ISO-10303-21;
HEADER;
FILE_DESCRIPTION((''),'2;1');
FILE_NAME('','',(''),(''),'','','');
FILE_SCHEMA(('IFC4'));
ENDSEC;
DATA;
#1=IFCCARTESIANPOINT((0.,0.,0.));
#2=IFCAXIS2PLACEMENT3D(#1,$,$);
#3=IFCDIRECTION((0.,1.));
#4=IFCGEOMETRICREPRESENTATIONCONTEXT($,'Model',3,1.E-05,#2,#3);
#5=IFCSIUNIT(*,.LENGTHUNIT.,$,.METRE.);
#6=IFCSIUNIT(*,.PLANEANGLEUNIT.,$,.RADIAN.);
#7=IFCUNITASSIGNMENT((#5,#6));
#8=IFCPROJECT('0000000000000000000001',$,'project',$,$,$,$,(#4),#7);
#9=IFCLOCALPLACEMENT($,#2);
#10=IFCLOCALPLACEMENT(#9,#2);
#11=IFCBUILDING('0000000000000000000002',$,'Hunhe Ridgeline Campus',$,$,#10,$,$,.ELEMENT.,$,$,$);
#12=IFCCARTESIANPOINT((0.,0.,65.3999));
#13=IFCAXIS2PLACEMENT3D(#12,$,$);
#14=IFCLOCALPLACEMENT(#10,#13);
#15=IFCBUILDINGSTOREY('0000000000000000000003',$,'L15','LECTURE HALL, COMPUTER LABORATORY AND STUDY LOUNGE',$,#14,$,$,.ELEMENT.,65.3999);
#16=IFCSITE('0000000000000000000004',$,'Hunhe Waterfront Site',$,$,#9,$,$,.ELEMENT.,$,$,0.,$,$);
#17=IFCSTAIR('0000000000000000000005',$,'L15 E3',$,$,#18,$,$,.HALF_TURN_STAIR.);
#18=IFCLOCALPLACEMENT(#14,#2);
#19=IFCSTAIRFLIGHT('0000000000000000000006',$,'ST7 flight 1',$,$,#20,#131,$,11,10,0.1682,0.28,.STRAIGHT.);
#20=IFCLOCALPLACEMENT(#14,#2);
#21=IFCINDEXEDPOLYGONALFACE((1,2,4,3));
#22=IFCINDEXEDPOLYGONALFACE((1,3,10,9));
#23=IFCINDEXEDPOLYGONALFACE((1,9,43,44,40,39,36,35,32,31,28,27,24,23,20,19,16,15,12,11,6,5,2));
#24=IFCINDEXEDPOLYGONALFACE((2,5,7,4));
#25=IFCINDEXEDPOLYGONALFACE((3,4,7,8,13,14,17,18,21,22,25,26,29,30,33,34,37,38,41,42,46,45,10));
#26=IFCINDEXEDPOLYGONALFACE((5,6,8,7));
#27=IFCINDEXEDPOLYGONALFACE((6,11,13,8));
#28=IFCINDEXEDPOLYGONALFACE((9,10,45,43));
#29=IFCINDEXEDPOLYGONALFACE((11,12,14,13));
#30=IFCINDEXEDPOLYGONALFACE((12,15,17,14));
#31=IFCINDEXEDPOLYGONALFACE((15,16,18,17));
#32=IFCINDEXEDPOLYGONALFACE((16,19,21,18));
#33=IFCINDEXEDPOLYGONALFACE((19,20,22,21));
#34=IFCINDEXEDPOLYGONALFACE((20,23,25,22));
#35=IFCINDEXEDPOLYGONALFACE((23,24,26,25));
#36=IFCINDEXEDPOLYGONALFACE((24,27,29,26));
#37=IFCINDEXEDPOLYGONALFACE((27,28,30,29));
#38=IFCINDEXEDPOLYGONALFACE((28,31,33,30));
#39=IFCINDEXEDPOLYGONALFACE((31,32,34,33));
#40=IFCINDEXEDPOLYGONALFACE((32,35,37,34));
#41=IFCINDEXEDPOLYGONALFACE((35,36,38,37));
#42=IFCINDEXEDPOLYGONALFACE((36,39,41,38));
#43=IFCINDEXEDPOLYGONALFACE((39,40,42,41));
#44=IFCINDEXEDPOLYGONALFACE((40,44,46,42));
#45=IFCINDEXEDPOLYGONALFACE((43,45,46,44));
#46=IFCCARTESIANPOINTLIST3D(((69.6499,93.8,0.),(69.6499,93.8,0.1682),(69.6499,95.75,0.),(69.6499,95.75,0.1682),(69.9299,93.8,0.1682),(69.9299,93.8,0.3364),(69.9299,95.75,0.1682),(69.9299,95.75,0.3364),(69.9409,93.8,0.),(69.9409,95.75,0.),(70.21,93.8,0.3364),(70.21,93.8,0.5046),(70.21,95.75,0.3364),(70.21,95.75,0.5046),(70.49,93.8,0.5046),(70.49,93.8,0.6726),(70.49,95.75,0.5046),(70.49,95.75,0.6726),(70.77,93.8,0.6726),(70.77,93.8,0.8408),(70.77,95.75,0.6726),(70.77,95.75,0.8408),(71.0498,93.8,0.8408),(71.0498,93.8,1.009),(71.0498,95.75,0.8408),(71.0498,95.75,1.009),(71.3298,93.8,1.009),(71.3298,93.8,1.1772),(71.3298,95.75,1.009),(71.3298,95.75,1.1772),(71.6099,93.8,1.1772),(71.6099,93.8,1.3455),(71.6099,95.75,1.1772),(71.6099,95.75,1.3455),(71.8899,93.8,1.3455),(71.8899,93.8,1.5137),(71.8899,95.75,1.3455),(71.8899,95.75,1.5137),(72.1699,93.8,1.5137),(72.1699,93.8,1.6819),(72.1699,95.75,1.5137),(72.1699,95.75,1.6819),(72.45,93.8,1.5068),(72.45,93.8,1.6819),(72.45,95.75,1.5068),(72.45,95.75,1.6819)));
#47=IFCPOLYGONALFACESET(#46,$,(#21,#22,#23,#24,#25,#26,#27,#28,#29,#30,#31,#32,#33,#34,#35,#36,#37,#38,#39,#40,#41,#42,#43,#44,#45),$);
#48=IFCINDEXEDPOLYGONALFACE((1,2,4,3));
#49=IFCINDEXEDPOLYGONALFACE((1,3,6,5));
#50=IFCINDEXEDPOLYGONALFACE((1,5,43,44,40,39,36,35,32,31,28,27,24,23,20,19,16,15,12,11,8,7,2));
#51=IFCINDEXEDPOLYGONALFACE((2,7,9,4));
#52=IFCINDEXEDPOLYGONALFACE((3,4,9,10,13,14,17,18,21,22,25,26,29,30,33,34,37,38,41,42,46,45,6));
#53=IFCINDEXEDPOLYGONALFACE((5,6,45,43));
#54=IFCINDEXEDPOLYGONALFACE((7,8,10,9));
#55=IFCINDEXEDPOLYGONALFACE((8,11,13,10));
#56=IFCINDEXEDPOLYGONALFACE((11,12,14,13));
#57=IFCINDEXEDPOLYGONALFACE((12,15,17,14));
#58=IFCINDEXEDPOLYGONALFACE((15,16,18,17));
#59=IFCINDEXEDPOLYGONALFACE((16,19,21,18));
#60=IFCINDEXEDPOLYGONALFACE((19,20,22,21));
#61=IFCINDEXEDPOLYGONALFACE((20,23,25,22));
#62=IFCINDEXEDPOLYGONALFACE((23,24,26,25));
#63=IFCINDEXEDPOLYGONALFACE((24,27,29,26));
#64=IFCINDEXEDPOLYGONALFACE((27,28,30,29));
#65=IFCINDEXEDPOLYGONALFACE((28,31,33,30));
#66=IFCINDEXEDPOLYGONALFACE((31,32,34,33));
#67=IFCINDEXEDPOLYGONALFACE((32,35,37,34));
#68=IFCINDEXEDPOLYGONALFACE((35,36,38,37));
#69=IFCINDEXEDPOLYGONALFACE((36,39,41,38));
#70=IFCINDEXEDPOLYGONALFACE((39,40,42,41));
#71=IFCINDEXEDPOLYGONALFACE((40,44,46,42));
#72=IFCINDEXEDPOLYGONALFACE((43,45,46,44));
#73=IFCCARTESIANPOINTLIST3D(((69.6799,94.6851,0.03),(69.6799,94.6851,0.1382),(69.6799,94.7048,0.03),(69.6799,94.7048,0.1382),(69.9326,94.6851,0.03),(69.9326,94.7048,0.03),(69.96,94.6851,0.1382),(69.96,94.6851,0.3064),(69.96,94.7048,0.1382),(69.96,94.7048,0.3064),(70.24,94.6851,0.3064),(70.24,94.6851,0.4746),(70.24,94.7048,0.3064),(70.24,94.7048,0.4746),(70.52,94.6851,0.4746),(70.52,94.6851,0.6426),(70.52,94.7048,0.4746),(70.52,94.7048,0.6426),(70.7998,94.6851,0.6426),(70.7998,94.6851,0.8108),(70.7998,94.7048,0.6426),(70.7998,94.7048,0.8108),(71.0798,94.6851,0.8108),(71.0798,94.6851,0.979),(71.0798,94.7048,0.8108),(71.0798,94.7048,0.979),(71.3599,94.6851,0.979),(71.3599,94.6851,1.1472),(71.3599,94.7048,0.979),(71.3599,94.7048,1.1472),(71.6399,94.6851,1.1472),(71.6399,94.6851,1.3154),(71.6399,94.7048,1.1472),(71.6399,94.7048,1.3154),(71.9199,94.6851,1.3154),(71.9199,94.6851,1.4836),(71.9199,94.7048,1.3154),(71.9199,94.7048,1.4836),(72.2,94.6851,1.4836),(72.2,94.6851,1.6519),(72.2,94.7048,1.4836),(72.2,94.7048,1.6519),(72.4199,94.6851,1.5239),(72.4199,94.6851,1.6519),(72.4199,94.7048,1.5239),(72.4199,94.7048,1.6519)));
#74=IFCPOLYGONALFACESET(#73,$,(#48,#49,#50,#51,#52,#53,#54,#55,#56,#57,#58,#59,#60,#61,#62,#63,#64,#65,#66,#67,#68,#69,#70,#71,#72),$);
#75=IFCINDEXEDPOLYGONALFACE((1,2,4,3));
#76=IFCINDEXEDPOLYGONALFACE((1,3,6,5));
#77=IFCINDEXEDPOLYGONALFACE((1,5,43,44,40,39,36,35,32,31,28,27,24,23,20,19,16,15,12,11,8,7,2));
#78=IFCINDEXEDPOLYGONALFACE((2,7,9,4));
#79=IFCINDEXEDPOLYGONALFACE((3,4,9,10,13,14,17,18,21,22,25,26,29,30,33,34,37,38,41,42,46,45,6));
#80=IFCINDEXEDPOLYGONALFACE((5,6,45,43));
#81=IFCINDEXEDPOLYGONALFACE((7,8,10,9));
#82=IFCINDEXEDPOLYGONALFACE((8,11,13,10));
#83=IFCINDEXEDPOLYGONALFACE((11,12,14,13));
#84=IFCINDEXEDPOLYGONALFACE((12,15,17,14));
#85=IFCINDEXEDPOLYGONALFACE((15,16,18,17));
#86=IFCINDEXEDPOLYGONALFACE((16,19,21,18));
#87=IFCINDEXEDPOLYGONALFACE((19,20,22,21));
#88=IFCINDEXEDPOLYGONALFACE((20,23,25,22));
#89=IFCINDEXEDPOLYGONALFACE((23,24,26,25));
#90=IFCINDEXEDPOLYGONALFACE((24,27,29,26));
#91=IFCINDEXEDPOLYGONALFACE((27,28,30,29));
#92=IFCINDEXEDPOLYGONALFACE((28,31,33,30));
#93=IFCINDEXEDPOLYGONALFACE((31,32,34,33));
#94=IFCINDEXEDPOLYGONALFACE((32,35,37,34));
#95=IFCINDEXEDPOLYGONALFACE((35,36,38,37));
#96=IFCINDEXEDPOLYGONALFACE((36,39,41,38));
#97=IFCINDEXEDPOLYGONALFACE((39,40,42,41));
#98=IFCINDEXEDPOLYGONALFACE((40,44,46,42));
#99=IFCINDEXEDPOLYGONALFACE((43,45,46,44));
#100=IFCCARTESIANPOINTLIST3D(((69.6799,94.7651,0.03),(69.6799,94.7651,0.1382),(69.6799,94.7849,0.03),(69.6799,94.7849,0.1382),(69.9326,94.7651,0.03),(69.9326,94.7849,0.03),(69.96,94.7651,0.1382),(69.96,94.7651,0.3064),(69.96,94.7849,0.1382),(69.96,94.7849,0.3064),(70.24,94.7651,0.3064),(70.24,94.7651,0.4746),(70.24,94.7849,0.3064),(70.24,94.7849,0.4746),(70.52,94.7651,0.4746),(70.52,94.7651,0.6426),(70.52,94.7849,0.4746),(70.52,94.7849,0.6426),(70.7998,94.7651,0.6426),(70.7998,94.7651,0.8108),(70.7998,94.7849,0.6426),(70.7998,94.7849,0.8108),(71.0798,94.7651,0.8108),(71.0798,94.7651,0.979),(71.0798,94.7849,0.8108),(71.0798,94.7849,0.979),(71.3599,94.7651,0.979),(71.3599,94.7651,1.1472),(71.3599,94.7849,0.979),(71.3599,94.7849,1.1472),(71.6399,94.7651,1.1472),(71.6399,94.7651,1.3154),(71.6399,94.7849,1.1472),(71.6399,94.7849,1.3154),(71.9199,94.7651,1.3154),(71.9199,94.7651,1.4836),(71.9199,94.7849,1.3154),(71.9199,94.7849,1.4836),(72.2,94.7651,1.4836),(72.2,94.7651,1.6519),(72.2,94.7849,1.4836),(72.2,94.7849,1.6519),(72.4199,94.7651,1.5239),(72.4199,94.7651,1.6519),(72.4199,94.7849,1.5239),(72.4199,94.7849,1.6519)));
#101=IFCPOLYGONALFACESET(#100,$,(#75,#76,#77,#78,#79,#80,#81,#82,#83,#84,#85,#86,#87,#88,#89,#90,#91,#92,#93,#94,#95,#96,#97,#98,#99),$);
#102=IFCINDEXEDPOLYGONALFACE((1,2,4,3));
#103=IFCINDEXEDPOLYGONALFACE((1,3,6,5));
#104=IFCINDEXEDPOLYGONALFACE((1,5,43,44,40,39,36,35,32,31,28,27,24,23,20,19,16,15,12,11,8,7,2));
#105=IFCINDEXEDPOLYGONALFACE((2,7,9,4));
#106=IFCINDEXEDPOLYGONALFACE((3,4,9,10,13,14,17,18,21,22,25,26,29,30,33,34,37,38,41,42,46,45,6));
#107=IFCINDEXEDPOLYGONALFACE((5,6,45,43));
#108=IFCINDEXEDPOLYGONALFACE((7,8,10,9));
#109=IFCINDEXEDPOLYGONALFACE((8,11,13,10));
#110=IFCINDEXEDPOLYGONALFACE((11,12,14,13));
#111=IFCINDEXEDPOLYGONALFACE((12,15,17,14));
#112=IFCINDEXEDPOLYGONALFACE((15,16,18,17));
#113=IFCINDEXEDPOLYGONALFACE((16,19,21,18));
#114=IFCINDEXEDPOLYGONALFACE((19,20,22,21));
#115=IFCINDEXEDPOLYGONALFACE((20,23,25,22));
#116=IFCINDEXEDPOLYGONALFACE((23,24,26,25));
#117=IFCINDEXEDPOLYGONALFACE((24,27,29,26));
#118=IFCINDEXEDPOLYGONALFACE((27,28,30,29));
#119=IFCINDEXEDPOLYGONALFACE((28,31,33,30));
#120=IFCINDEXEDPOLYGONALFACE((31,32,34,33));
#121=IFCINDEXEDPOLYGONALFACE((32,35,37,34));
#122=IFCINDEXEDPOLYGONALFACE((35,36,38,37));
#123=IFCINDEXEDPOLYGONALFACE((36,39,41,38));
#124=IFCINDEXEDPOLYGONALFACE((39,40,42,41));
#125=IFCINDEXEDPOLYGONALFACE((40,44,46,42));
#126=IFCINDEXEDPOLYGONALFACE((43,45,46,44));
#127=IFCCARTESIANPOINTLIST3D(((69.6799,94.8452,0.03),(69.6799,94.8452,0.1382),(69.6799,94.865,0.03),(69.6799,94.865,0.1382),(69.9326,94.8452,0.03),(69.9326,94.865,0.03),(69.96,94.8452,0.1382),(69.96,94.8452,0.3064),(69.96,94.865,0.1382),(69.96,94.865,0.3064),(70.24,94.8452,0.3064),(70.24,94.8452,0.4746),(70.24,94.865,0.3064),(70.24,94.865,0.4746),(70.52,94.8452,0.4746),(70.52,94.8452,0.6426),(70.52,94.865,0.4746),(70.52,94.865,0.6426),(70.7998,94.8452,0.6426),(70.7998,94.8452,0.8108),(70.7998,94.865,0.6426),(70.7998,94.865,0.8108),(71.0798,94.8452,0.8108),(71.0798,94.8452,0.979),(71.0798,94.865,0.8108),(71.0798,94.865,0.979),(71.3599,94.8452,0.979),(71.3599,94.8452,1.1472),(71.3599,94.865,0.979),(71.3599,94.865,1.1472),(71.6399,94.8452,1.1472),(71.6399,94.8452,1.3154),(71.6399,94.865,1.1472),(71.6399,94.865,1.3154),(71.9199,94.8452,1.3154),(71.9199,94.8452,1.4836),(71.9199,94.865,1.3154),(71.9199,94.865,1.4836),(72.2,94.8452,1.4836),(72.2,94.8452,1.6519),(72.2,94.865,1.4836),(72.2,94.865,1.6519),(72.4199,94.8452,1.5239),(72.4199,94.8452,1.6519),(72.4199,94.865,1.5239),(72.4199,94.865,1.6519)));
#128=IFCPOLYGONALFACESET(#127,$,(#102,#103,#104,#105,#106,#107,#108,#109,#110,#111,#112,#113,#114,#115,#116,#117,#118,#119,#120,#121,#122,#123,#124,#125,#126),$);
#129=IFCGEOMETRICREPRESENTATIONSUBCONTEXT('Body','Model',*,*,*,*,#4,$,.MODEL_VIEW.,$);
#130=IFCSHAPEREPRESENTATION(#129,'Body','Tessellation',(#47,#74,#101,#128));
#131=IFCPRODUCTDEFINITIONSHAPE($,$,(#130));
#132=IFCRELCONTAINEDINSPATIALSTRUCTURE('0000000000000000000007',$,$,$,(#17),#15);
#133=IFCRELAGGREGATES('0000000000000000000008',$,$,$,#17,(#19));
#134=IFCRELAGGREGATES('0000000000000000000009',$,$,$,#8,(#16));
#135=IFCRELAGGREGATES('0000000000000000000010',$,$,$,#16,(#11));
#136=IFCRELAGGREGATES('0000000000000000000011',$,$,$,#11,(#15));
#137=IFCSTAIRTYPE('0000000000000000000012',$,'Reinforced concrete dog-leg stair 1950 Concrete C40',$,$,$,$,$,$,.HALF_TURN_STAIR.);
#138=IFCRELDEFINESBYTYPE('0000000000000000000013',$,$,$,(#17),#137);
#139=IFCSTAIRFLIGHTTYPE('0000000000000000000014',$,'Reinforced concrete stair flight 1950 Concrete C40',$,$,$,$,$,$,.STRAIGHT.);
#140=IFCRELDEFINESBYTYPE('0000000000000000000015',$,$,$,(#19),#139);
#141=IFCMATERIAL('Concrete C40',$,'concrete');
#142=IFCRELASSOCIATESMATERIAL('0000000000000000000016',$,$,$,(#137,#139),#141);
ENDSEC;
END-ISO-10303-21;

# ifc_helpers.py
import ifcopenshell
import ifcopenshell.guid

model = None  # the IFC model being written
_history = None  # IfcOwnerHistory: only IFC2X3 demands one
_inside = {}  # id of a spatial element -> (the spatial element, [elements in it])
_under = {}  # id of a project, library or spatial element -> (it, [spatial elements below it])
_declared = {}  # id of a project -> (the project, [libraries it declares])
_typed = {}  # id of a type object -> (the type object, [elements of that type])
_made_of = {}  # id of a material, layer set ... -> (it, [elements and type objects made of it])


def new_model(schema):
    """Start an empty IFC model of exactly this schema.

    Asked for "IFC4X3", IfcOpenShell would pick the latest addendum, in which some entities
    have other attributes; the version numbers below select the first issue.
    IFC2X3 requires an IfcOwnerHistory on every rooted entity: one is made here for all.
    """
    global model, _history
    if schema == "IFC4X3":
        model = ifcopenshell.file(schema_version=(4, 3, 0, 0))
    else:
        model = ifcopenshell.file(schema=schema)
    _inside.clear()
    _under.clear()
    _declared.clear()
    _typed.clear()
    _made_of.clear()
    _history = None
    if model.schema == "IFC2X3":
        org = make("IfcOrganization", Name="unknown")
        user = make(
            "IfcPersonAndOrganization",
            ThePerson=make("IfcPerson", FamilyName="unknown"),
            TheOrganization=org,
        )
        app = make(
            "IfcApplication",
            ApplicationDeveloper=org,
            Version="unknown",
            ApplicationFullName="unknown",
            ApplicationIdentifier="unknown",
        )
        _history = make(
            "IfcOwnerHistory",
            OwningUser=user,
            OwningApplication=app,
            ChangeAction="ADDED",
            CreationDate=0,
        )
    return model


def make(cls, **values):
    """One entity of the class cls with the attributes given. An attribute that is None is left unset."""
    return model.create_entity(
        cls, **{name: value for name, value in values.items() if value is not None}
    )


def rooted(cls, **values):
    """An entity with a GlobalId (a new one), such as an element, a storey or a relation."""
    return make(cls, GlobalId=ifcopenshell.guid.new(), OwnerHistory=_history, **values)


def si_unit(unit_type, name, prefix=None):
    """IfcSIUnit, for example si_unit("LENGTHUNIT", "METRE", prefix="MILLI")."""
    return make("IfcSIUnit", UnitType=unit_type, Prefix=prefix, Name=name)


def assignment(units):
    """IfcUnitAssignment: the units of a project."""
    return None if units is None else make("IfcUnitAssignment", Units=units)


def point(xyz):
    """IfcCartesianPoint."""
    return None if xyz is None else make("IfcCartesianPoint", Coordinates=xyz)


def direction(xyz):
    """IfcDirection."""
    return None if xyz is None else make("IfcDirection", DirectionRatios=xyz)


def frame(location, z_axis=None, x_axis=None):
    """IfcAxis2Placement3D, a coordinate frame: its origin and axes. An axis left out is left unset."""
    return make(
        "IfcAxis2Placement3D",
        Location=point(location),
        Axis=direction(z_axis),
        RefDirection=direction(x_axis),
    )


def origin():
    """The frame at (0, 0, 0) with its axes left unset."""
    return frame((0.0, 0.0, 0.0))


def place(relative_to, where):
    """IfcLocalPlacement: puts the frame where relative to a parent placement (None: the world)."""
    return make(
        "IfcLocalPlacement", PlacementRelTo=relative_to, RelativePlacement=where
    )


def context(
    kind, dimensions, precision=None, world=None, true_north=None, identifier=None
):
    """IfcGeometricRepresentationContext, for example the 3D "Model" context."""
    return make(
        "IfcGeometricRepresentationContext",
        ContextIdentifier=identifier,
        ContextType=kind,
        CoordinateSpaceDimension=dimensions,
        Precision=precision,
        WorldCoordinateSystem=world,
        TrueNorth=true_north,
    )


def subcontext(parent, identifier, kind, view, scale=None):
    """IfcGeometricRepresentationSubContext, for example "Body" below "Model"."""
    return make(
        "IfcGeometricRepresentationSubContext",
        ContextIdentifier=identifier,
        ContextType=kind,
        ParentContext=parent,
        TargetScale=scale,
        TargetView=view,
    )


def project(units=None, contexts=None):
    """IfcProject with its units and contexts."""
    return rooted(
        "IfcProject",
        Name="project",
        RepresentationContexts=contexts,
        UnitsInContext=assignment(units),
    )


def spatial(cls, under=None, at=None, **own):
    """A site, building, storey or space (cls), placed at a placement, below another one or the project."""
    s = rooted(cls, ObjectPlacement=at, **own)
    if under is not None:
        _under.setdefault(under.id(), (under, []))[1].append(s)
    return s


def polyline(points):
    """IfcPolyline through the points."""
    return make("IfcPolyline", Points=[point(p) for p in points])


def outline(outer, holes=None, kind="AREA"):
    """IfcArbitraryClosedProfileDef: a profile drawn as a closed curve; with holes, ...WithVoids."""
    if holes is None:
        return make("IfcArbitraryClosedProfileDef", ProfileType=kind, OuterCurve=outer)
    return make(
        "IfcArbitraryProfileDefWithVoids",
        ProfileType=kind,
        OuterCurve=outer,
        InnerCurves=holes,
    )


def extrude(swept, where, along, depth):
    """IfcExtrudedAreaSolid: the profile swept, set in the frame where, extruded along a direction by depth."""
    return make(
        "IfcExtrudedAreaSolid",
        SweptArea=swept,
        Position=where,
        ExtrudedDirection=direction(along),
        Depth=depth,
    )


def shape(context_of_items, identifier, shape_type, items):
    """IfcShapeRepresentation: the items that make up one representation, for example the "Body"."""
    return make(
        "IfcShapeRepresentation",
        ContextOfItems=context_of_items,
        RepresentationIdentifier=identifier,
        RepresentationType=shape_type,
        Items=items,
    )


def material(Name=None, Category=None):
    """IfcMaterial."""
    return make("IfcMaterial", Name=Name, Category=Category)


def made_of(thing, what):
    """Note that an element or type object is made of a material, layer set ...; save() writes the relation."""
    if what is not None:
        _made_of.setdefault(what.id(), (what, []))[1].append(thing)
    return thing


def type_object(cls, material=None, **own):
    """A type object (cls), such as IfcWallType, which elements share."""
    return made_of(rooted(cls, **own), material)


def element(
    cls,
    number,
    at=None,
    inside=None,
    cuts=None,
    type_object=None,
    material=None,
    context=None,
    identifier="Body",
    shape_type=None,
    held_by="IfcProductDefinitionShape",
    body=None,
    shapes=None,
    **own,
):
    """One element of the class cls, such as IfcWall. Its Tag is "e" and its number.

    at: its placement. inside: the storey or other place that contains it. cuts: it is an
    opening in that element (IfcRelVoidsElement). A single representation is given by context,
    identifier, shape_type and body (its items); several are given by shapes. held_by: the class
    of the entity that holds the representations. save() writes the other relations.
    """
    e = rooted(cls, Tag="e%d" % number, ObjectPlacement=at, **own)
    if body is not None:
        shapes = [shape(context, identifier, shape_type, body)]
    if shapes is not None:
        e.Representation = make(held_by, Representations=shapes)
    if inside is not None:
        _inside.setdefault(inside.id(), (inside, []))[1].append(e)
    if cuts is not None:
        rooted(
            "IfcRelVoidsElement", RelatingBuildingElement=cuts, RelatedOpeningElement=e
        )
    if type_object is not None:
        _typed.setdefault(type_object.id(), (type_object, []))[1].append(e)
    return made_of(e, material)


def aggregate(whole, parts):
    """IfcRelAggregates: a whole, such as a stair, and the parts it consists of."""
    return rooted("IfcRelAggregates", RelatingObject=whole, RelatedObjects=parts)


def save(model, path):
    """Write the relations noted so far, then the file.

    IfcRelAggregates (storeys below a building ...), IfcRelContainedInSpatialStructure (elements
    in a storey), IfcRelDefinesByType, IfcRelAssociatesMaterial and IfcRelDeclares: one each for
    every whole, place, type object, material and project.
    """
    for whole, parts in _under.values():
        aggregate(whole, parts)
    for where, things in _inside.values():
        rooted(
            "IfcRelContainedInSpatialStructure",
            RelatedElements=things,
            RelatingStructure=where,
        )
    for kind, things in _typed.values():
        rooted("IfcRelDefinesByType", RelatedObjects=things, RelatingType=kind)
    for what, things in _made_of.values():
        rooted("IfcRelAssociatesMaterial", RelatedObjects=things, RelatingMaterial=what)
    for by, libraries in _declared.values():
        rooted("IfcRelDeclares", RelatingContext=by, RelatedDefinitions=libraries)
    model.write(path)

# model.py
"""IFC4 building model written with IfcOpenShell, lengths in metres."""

from ifc_helpers import new_model, si_unit, direction, frame, origin, place, context, subcontext, project, spatial, polyline, outline, extrude, material, type_object, element, aggregate, save


model = new_model("IFC4")

# Units and contexts
model_context = context("Model", 3, precision=1e-05, world=origin(), true_north=direction((0.0, 1.0)))
body_context = subcontext(model_context, "Body", "Model", "MODEL_VIEW")
ifc_project = project(units=[si_unit("LENGTHUNIT", "METRE"), si_unit("PLANEANGLEUNIT", "RADIAN")], contexts=[model_context])

# Site, building, storey
site_placement = place(None, origin())
site = spatial("IfcSite", under=ifc_project, at=site_placement, Name="Hunhe Waterfront Site", CompositionType="ELEMENT", RefElevation=0.0)
building_placement = place(site_placement, origin())
building = spatial("IfcBuilding", under=site, at=building_placement, Name="Hunhe Ridgeline Campus", CompositionType="ELEMENT")
storey_placement = place(building_placement, frame((0.0, 0.0, 65.3999)))
storey = spatial("IfcBuildingStorey", under=building, at=storey_placement, Name="L15", Description="LECTURE HALL, COMPUTER LABORATORY AND STUDY LOUNGE", CompositionType="ELEMENT", Elevation=65.3999)

# Stair, stair flight
ifc_material_1 = material(Name="Concrete C40", Category="concrete")
stair_type = type_object("IfcStairType", Name="Reinforced concrete dog-leg stair 1950 Concrete C40", PredefinedType="HALF_TURN_STAIR", material=ifc_material_1)
stair_placement = place(storey_placement, origin())
stair = element("IfcStair", 1, at=stair_placement, inside=storey, type_object=stair_type, Name="L15 E3", PredefinedType="HALF_TURN_STAIR")
stair_flight_type = type_object("IfcStairFlightType", Name="Reinforced concrete stair flight 1950 Concrete C40", PredefinedType="STRAIGHT", material=ifc_material_1)
stair_flight_1_placement = place(storey_placement, frame((69.6499, 94.7749, 0.0), z_axis=(0.0, 0.0, 1.0), x_axis=(1.0, 0.0, 0.0)))
stair_flight_1 = element("IfcStairFlight", 2, at=stair_flight_1_placement, type_object=stair_flight_type, Name="ST7 flight 1", NumberOfRisers=11, NumberOfTreads=10, PredefinedType="STRAIGHT", RiserHeight=0.1682, TreadLength=0.28, context=body_context, shape_type="SweptSolid", body=[
    extrude(outline(polyline([(0.0, 0.0), (0.0, 0.1682), (0.28, 0.1682), (0.28, 0.3364), (0.5601, 0.3364), (0.5601, 0.5046), (0.8401, 0.5046), (0.8401, 0.6726), (1.1201, 0.6726), (1.1201, 0.8408), (1.3999, 0.8408), (1.3999, 1.009), (1.6799, 1.009), (1.6799, 1.1772), (1.96, 1.1772), (1.96, 1.3455), (2.24, 1.3455), (2.24, 1.5137), (2.52, 1.5137), (2.52, 1.6819), (2.8, 1.6819), (2.8, 1.8501), (2.8, 1.5068), (0.291, 0.0), (0.0, 0.0)])), frame((0.0, 0.9751, 0.0), z_axis=(0.0, -1.0, 0.0), x_axis=(1.0, 0.0, 0.0)), (0.0, 0.0, 1.0), 1.95),
    extrude(outline(polyline([(0.03, 0.03), (0.03, 0.1382), (0.3101, 0.1382), (0.3101, 0.3064), (0.5901, 0.3064), (0.5901, 0.4746), (0.8701, 0.4746), (0.8701, 0.6426), (1.1499, 0.6426), (1.1499, 0.8108), (1.4299, 0.8108), (1.4299, 0.979), (1.71, 0.979), (1.71, 1.1472), (1.99, 1.1472), (1.99, 1.3154), (2.27, 1.3154), (2.27, 1.4836), (2.55, 1.4836), (2.55, 1.6519), (2.77, 1.6519), (2.77, 1.5239), (0.2827, 0.03), (0.03, 0.03)])), frame((0.0, -0.0701, 0.0), z_axis=(0.0, -1.0, 0.0), x_axis=(1.0, 0.0, 0.0)), (0.0, 0.0, 1.0), 0.0198),
    extrude(outline(polyline([(0.03, 0.03), (0.03, 0.1382), (0.3101, 0.1382), (0.3101, 0.3064), (0.5901, 0.3064), (0.5901, 0.4746), (0.8701, 0.4746), (0.8701, 0.6426), (1.1499, 0.6426), (1.1499, 0.8108), (1.4299, 0.8108), (1.4299, 0.979), (1.71, 0.979), (1.71, 1.1472), (1.99, 1.1472), (1.99, 1.3154), (2.27, 1.3154), (2.27, 1.4836), (2.55, 1.4836), (2.55, 1.6519), (2.77, 1.6519), (2.77, 1.5239), (0.2827, 0.03), (0.03, 0.03)])), frame((0.0, 0.01, 0.0), z_axis=(0.0, -1.0, 0.0), x_axis=(1.0, 0.0, 0.0)), (0.0, 0.0, 1.0), 0.0198),
    extrude(outline(polyline([(0.03, 0.03), (0.03, 0.1382), (0.3101, 0.1382), (0.3101, 0.3064), (0.5901, 0.3064), (0.5901, 0.4746), (0.8701, 0.4746), (0.8701, 0.6426), (1.1499, 0.6426), (1.1499, 0.8108), (1.4299, 0.8108), (1.4299, 0.979), (1.71, 0.979), (1.71, 1.1472), (1.99, 1.1472), (1.99, 1.3154), (2.27, 1.3154), (2.27, 1.4836), (2.55, 1.4836), (2.55, 1.6519), (2.77, 1.6519), (2.77, 1.5239), (0.2827, 0.03), (0.03, 0.03)])), frame((0.0, 0.0901, 0.0), z_axis=(0.0, -1.0, 0.0), x_axis=(1.0, 0.0, 0.0)), (0.0, 0.0, 1.0), 0.0198),
])
aggregate(stair, [stair_flight_1])

save(model, "model.ifc")
